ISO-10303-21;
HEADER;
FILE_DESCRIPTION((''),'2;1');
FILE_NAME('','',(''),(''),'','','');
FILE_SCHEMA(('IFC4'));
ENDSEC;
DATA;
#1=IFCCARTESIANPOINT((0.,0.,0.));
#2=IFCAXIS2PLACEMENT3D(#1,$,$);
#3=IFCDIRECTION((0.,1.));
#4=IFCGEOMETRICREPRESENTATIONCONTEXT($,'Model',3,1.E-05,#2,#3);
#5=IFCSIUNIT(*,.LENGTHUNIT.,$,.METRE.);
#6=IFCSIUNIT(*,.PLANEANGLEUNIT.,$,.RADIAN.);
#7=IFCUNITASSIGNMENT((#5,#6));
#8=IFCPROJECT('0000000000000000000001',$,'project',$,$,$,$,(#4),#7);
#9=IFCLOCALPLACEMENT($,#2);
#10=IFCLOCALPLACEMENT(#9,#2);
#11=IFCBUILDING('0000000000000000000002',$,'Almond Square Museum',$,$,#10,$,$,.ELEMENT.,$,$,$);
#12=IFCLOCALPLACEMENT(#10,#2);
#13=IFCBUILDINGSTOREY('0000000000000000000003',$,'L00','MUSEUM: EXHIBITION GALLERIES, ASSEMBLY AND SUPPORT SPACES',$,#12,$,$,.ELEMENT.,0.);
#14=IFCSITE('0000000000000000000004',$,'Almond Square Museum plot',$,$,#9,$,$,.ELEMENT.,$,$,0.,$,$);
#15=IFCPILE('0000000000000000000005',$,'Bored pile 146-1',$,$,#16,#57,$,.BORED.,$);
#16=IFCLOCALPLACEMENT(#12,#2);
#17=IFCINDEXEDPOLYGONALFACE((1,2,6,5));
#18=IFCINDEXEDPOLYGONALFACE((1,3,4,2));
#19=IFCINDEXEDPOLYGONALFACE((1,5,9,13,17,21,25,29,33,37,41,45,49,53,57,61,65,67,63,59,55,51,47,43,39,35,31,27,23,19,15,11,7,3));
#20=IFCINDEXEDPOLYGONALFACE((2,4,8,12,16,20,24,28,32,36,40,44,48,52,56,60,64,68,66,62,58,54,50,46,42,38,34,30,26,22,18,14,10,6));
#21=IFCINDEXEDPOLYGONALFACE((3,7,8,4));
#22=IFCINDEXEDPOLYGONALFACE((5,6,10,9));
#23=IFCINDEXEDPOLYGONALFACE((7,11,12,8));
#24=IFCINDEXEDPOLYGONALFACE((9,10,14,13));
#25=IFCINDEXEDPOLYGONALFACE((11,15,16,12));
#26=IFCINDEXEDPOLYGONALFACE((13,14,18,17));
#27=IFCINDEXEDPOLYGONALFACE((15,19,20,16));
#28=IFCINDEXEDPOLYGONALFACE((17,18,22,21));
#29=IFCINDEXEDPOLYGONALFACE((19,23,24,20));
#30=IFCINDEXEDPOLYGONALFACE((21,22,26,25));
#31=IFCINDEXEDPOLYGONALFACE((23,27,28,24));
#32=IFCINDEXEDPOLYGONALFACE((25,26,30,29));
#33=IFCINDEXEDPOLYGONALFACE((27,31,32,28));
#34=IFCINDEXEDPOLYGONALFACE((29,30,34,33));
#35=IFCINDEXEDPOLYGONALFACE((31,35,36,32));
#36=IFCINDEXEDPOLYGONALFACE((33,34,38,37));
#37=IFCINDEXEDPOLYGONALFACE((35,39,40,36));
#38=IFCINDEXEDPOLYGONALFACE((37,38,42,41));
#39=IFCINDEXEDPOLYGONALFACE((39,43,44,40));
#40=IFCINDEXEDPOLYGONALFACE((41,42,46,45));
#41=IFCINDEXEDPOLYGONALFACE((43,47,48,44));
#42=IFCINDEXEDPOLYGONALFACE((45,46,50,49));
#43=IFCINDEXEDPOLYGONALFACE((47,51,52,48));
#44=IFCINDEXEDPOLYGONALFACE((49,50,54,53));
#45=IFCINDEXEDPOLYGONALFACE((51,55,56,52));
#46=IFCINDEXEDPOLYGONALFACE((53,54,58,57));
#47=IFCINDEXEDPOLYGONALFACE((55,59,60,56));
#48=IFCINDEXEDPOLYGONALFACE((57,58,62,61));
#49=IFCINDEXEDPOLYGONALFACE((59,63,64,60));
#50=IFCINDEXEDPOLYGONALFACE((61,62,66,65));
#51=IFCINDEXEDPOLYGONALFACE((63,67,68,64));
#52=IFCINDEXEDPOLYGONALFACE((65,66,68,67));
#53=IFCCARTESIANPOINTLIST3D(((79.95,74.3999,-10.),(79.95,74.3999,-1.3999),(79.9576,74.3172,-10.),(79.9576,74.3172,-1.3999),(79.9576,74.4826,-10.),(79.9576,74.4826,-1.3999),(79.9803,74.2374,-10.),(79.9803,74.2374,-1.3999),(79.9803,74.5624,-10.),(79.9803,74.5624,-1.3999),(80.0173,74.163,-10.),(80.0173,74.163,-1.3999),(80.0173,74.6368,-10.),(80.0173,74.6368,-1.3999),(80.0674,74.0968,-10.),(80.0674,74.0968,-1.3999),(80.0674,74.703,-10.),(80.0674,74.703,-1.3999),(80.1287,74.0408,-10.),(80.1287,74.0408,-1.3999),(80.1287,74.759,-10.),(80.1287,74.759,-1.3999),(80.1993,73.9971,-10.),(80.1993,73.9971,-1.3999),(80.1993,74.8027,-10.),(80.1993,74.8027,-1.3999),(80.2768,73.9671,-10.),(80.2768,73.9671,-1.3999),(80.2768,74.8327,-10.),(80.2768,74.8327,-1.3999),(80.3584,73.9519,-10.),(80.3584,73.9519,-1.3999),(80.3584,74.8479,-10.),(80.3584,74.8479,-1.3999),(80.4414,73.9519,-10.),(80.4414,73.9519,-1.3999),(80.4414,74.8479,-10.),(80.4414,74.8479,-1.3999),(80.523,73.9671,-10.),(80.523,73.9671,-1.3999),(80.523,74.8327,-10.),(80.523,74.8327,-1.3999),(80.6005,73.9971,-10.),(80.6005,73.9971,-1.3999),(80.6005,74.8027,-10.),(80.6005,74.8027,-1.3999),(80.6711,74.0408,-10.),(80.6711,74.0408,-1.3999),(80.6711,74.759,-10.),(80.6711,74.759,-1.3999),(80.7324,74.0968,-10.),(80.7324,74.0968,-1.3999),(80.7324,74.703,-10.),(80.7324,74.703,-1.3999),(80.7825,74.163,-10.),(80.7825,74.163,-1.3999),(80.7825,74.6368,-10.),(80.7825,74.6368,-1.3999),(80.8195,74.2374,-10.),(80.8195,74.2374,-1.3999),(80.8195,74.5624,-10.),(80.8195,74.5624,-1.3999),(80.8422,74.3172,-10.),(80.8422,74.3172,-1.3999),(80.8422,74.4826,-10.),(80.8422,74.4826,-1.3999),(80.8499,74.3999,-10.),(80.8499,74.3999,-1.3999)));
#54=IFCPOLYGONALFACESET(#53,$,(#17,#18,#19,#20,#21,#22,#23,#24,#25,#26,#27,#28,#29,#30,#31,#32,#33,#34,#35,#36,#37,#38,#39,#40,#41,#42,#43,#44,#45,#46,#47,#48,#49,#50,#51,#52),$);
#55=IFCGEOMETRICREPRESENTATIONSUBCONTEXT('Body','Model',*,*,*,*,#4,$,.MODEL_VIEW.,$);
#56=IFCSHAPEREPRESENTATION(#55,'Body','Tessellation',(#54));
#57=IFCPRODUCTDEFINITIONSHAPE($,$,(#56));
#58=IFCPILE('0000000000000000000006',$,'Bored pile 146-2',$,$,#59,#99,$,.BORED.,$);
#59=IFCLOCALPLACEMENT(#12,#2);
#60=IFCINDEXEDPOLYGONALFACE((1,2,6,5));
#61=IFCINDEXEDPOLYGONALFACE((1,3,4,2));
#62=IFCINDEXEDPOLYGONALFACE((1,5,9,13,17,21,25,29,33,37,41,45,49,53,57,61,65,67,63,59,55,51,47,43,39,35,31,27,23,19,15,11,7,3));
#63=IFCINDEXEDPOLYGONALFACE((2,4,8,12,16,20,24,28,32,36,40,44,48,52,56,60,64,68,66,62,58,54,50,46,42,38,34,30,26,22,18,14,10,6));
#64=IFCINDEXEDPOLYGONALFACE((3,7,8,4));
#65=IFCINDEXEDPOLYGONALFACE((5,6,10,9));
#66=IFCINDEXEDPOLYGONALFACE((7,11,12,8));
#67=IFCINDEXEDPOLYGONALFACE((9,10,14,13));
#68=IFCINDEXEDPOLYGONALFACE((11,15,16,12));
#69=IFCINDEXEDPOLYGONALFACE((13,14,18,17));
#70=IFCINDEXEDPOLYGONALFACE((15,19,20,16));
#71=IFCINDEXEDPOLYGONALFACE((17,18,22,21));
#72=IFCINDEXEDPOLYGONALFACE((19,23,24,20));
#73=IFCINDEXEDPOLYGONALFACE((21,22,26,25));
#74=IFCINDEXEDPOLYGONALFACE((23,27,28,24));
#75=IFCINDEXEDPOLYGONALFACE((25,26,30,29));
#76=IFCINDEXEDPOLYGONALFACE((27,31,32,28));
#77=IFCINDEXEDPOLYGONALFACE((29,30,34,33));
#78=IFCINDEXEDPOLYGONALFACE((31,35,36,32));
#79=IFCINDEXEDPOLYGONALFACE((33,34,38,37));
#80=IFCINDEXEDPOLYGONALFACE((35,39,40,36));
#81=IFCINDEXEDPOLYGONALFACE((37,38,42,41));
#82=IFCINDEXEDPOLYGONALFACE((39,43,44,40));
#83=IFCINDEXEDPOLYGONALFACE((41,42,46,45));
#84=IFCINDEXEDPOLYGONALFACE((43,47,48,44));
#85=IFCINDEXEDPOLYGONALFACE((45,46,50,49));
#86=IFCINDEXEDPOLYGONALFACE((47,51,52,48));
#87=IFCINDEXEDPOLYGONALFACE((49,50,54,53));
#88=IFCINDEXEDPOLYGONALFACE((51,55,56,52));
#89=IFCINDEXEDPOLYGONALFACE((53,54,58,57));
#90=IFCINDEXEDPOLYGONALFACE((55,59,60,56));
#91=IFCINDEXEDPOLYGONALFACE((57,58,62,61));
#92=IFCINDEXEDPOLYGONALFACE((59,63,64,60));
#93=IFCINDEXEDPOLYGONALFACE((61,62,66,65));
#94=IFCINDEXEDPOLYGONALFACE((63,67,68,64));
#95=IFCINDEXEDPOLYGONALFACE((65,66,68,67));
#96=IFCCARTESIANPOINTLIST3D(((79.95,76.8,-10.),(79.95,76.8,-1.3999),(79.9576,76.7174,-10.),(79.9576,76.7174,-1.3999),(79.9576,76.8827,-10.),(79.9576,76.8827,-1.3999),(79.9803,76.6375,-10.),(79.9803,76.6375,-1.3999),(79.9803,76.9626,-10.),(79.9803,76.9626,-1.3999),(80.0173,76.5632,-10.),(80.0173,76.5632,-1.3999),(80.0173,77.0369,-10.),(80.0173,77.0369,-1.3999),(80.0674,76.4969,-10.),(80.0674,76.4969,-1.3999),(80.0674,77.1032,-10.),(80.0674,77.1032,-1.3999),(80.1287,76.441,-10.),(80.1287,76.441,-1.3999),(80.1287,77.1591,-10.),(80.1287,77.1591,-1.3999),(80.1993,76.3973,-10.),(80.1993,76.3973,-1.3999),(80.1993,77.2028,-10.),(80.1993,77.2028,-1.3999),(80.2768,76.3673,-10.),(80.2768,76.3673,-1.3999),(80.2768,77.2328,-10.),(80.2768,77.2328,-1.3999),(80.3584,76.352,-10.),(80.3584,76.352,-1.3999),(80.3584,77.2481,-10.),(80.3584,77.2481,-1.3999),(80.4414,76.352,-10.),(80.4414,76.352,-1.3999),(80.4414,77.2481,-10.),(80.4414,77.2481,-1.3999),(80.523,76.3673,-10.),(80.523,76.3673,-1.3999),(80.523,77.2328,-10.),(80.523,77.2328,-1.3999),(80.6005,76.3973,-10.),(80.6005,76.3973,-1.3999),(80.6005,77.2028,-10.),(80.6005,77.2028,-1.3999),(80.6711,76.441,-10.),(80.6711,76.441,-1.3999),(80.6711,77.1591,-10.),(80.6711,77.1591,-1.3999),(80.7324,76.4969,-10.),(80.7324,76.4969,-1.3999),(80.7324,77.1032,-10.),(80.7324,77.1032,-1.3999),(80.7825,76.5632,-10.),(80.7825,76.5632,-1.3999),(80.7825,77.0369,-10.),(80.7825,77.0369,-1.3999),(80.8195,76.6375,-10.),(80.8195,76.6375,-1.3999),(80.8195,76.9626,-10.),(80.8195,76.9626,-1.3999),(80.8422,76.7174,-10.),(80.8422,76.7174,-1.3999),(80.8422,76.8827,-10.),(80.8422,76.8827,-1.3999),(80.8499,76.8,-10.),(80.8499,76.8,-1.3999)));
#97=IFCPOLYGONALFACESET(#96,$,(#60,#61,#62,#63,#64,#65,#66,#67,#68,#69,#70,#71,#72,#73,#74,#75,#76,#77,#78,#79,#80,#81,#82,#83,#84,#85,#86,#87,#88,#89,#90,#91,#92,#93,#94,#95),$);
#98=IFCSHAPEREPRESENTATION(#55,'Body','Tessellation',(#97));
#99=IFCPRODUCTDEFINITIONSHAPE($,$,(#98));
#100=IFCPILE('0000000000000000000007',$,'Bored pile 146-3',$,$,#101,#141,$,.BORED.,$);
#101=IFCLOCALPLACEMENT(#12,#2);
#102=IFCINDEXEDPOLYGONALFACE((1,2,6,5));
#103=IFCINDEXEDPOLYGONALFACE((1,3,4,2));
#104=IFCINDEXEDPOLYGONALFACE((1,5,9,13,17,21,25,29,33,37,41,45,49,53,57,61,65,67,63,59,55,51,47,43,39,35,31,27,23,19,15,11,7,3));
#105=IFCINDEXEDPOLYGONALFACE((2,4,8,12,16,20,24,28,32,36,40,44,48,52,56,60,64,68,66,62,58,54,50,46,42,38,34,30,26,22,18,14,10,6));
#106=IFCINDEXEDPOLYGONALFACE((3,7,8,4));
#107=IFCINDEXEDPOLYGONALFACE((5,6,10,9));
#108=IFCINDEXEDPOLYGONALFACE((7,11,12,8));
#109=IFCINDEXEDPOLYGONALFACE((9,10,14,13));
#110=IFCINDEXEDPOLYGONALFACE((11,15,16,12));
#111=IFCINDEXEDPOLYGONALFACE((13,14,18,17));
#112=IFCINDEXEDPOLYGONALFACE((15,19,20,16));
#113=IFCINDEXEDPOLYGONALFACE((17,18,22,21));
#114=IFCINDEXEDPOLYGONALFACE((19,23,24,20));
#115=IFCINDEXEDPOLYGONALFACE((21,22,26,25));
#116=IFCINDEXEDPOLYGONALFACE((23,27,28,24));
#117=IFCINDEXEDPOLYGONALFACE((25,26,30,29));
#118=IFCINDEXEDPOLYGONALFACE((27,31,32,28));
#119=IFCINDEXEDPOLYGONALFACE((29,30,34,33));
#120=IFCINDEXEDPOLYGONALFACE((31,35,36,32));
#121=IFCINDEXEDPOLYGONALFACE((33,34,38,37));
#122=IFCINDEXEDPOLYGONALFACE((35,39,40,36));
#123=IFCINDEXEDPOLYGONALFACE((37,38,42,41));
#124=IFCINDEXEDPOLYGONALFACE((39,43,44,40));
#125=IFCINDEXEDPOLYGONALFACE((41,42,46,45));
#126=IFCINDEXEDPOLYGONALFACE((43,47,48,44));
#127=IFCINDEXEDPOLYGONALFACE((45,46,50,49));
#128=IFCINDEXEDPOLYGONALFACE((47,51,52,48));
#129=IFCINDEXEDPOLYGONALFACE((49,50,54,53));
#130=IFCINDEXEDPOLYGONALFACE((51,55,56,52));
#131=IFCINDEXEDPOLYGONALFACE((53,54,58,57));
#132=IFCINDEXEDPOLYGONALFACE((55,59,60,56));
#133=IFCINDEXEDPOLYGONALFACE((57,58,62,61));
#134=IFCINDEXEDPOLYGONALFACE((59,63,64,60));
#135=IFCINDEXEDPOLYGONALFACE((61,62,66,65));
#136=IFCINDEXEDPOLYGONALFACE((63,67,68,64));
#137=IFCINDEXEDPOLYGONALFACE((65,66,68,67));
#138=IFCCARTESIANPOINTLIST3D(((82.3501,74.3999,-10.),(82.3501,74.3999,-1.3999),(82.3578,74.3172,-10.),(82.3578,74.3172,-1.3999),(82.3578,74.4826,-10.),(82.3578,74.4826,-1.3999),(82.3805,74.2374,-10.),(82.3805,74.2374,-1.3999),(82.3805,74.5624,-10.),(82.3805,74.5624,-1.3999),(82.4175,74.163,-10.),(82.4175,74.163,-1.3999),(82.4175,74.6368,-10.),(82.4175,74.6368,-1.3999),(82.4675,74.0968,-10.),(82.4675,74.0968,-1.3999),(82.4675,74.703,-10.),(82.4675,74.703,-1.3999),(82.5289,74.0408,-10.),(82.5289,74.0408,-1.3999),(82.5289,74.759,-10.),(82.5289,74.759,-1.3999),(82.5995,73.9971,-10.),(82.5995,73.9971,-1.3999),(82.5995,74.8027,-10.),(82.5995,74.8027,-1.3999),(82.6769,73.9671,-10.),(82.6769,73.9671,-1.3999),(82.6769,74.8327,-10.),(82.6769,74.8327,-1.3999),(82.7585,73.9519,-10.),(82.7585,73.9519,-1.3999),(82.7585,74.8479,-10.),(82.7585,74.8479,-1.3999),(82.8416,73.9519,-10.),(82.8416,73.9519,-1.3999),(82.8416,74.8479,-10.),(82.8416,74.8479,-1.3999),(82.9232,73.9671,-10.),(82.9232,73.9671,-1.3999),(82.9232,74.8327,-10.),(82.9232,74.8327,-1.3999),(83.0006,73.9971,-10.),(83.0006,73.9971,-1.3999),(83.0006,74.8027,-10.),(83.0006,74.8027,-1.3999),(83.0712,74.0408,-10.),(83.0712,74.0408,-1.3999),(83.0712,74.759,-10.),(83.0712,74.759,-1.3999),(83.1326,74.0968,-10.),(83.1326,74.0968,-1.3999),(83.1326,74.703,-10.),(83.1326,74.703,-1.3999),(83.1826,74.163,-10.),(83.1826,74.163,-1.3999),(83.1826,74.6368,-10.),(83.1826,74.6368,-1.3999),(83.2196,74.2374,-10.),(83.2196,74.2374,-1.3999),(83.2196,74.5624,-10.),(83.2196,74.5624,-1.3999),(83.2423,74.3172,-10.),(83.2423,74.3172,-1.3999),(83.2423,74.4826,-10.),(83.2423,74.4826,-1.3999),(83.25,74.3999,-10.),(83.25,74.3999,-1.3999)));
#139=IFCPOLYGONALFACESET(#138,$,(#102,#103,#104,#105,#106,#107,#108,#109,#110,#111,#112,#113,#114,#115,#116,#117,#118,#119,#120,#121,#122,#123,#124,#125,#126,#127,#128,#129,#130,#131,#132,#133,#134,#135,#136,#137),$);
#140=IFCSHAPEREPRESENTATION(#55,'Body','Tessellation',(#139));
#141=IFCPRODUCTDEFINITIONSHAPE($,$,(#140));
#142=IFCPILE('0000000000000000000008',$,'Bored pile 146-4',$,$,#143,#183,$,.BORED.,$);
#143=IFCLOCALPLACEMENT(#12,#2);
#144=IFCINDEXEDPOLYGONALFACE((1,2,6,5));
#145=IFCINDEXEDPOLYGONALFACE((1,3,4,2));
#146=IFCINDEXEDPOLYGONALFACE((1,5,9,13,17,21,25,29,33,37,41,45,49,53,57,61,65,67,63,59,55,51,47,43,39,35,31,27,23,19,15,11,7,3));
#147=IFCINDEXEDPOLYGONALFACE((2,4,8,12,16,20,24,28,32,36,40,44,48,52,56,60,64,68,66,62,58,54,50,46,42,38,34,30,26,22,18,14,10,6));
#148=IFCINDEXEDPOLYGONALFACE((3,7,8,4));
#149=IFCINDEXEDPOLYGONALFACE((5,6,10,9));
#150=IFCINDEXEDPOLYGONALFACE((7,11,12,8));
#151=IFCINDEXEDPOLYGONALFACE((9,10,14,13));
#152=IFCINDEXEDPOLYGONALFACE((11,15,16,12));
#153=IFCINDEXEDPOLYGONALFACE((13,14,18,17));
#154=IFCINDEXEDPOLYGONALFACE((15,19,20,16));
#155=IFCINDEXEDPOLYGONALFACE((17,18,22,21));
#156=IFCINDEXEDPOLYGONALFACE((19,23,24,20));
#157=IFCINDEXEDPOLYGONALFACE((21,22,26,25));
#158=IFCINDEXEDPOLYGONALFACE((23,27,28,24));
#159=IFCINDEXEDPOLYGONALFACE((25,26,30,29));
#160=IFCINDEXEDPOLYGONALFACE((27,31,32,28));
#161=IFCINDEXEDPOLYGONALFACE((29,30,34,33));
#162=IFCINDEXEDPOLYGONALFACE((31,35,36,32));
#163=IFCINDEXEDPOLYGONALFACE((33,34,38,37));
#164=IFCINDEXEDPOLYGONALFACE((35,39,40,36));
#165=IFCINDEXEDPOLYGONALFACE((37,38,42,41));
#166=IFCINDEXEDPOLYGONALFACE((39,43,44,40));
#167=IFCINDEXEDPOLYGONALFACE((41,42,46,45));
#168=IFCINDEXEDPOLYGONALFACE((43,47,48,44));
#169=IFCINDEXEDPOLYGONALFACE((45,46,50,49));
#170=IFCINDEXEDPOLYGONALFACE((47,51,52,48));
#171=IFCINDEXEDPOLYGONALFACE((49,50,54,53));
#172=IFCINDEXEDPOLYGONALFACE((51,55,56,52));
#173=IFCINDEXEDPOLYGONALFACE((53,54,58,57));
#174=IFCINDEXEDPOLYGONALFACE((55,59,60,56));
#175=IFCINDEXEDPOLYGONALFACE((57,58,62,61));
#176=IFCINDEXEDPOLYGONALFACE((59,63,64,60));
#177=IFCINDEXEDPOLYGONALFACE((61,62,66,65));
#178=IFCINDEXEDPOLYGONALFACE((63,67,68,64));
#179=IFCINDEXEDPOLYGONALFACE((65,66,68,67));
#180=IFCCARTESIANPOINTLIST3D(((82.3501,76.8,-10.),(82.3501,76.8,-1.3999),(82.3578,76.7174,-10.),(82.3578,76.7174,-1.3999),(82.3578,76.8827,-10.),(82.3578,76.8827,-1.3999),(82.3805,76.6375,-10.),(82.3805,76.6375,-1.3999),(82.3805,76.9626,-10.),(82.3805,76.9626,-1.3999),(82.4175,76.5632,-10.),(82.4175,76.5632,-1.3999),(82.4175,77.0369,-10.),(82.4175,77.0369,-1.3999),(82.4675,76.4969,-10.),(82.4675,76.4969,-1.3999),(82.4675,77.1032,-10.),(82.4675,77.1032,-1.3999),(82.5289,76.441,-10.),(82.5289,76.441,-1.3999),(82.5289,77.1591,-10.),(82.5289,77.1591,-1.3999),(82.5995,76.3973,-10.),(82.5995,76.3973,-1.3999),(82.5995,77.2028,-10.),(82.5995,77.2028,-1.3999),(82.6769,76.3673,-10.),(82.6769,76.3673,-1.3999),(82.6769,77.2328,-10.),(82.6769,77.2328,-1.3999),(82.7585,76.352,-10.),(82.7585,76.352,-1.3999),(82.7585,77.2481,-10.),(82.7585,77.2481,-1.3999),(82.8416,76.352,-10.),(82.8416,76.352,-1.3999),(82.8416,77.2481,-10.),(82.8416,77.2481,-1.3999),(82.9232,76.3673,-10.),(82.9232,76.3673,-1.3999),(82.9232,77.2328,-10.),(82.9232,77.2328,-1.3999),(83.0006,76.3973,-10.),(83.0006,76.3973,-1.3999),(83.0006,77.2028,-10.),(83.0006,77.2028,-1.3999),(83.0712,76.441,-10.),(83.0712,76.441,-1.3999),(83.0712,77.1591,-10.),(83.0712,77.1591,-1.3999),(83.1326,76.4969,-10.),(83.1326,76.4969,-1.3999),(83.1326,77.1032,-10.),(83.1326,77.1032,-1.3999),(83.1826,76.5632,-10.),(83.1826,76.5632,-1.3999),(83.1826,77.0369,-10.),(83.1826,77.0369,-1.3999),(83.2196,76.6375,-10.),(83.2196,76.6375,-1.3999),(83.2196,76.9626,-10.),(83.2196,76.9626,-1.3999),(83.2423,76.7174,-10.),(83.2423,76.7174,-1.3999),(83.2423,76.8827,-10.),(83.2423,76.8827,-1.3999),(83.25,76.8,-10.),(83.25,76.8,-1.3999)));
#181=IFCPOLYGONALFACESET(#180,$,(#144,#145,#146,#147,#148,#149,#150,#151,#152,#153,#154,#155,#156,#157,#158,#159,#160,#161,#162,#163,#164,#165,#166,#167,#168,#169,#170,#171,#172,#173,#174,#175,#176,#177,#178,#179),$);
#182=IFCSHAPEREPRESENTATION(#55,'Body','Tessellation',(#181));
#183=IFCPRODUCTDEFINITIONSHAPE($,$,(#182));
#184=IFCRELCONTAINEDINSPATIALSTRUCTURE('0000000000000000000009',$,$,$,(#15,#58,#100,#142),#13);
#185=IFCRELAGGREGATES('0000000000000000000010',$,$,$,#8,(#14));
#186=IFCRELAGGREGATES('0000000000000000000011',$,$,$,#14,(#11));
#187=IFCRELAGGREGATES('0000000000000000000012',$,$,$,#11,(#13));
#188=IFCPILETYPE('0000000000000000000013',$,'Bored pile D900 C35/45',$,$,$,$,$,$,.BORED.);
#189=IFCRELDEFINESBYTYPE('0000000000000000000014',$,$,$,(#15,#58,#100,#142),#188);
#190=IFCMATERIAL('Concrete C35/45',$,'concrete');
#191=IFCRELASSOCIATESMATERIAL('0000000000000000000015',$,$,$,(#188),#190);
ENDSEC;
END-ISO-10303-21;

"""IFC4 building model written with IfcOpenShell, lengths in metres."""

from ifc_helpers import new_model, si_unit, direction, frame, origin, origin_2d, place, context, subcontext, project, spatial, circle, extrude, material, material_profile, profile_set, type_object, element, save


model = new_model("IFC4")

# Units and contexts
model_context = context("Model", 3, precision=1e-05, world=origin(), true_north=direction((0.0, 1.0)))
body_context = subcontext(model_context, "Body", "Model", "MODEL_VIEW")
ifc_project = project(units=[si_unit("LENGTHUNIT", "METRE"), si_unit("PLANEANGLEUNIT", "RADIAN")], contexts=[model_context])

# Site, building, storey
site_placement = place(None, origin())
site = spatial("IfcSite", under=ifc_project, at=site_placement, Name="Almond Square Museum plot", CompositionType="ELEMENT", RefElevation=0.0)
building_placement = place(site_placement, origin())
building = spatial("IfcBuilding", under=site, at=building_placement, Name="Almond Square Museum", CompositionType="ELEMENT")
storey_placement = place(building_placement, origin())
storey = spatial("IfcBuildingStorey", under=building, at=storey_placement, Name="L00", Description="MUSEUM: EXHIBITION GALLERIES, ASSEMBLY AND SUPPORT SPACES", CompositionType="ELEMENT", Elevation=0.0)

# Piles
ifc_material_1 = material(Name="Concrete C35/45", Category="concrete")
ifc_material_profile_1 = material_profile(ifc_material_1, circle(Radius=0.45, at=origin_2d()))
ifc_profile_set_1 = profile_set([ifc_material_profile_1], Name="Concrete C35/45")
pile_type = type_object("IfcPileType", Name="Bored pile D900 C35/45", PredefinedType="BORED", material=ifc_profile_set_1)
for number, where, z_axis, x_axis, name in (
    (1, (80.3999, 74.3999, -1.3999), (0.0, 0.0, -1.0), (1.0, 0.0, 0.0), "Bored pile 146-1"),
    (2, (80.3999, 76.8, -1.3999), (0.0, 0.0, -1.0), (1.0, 0.0, 0.0), "Bored pile 146-2"),
    (3, (82.8, 74.3999, -1.3999), (0.0, 0.0, -1.0), (1.0, 0.0, 0.0), "Bored pile 146-3"),
    (4, (82.8, 76.8, -1.3999), (0.0, 0.0, -1.0), (1.0, 0.0, 0.0), "Bored pile 146-4"),
):
    element("IfcPile", number, at=place(storey_placement, frame(where, z_axis=z_axis, x_axis=x_axis)), inside=storey, type_object=pile_type, Name=name, PredefinedType="BORED", context=body_context, shape_type="SweptSolid", body=[
        extrude(circle(Radius=0.45, at=origin_2d()), origin(), (0.0, 0.0, 1.0), 8.6001),
    ])

save(model, "model.ifc")
